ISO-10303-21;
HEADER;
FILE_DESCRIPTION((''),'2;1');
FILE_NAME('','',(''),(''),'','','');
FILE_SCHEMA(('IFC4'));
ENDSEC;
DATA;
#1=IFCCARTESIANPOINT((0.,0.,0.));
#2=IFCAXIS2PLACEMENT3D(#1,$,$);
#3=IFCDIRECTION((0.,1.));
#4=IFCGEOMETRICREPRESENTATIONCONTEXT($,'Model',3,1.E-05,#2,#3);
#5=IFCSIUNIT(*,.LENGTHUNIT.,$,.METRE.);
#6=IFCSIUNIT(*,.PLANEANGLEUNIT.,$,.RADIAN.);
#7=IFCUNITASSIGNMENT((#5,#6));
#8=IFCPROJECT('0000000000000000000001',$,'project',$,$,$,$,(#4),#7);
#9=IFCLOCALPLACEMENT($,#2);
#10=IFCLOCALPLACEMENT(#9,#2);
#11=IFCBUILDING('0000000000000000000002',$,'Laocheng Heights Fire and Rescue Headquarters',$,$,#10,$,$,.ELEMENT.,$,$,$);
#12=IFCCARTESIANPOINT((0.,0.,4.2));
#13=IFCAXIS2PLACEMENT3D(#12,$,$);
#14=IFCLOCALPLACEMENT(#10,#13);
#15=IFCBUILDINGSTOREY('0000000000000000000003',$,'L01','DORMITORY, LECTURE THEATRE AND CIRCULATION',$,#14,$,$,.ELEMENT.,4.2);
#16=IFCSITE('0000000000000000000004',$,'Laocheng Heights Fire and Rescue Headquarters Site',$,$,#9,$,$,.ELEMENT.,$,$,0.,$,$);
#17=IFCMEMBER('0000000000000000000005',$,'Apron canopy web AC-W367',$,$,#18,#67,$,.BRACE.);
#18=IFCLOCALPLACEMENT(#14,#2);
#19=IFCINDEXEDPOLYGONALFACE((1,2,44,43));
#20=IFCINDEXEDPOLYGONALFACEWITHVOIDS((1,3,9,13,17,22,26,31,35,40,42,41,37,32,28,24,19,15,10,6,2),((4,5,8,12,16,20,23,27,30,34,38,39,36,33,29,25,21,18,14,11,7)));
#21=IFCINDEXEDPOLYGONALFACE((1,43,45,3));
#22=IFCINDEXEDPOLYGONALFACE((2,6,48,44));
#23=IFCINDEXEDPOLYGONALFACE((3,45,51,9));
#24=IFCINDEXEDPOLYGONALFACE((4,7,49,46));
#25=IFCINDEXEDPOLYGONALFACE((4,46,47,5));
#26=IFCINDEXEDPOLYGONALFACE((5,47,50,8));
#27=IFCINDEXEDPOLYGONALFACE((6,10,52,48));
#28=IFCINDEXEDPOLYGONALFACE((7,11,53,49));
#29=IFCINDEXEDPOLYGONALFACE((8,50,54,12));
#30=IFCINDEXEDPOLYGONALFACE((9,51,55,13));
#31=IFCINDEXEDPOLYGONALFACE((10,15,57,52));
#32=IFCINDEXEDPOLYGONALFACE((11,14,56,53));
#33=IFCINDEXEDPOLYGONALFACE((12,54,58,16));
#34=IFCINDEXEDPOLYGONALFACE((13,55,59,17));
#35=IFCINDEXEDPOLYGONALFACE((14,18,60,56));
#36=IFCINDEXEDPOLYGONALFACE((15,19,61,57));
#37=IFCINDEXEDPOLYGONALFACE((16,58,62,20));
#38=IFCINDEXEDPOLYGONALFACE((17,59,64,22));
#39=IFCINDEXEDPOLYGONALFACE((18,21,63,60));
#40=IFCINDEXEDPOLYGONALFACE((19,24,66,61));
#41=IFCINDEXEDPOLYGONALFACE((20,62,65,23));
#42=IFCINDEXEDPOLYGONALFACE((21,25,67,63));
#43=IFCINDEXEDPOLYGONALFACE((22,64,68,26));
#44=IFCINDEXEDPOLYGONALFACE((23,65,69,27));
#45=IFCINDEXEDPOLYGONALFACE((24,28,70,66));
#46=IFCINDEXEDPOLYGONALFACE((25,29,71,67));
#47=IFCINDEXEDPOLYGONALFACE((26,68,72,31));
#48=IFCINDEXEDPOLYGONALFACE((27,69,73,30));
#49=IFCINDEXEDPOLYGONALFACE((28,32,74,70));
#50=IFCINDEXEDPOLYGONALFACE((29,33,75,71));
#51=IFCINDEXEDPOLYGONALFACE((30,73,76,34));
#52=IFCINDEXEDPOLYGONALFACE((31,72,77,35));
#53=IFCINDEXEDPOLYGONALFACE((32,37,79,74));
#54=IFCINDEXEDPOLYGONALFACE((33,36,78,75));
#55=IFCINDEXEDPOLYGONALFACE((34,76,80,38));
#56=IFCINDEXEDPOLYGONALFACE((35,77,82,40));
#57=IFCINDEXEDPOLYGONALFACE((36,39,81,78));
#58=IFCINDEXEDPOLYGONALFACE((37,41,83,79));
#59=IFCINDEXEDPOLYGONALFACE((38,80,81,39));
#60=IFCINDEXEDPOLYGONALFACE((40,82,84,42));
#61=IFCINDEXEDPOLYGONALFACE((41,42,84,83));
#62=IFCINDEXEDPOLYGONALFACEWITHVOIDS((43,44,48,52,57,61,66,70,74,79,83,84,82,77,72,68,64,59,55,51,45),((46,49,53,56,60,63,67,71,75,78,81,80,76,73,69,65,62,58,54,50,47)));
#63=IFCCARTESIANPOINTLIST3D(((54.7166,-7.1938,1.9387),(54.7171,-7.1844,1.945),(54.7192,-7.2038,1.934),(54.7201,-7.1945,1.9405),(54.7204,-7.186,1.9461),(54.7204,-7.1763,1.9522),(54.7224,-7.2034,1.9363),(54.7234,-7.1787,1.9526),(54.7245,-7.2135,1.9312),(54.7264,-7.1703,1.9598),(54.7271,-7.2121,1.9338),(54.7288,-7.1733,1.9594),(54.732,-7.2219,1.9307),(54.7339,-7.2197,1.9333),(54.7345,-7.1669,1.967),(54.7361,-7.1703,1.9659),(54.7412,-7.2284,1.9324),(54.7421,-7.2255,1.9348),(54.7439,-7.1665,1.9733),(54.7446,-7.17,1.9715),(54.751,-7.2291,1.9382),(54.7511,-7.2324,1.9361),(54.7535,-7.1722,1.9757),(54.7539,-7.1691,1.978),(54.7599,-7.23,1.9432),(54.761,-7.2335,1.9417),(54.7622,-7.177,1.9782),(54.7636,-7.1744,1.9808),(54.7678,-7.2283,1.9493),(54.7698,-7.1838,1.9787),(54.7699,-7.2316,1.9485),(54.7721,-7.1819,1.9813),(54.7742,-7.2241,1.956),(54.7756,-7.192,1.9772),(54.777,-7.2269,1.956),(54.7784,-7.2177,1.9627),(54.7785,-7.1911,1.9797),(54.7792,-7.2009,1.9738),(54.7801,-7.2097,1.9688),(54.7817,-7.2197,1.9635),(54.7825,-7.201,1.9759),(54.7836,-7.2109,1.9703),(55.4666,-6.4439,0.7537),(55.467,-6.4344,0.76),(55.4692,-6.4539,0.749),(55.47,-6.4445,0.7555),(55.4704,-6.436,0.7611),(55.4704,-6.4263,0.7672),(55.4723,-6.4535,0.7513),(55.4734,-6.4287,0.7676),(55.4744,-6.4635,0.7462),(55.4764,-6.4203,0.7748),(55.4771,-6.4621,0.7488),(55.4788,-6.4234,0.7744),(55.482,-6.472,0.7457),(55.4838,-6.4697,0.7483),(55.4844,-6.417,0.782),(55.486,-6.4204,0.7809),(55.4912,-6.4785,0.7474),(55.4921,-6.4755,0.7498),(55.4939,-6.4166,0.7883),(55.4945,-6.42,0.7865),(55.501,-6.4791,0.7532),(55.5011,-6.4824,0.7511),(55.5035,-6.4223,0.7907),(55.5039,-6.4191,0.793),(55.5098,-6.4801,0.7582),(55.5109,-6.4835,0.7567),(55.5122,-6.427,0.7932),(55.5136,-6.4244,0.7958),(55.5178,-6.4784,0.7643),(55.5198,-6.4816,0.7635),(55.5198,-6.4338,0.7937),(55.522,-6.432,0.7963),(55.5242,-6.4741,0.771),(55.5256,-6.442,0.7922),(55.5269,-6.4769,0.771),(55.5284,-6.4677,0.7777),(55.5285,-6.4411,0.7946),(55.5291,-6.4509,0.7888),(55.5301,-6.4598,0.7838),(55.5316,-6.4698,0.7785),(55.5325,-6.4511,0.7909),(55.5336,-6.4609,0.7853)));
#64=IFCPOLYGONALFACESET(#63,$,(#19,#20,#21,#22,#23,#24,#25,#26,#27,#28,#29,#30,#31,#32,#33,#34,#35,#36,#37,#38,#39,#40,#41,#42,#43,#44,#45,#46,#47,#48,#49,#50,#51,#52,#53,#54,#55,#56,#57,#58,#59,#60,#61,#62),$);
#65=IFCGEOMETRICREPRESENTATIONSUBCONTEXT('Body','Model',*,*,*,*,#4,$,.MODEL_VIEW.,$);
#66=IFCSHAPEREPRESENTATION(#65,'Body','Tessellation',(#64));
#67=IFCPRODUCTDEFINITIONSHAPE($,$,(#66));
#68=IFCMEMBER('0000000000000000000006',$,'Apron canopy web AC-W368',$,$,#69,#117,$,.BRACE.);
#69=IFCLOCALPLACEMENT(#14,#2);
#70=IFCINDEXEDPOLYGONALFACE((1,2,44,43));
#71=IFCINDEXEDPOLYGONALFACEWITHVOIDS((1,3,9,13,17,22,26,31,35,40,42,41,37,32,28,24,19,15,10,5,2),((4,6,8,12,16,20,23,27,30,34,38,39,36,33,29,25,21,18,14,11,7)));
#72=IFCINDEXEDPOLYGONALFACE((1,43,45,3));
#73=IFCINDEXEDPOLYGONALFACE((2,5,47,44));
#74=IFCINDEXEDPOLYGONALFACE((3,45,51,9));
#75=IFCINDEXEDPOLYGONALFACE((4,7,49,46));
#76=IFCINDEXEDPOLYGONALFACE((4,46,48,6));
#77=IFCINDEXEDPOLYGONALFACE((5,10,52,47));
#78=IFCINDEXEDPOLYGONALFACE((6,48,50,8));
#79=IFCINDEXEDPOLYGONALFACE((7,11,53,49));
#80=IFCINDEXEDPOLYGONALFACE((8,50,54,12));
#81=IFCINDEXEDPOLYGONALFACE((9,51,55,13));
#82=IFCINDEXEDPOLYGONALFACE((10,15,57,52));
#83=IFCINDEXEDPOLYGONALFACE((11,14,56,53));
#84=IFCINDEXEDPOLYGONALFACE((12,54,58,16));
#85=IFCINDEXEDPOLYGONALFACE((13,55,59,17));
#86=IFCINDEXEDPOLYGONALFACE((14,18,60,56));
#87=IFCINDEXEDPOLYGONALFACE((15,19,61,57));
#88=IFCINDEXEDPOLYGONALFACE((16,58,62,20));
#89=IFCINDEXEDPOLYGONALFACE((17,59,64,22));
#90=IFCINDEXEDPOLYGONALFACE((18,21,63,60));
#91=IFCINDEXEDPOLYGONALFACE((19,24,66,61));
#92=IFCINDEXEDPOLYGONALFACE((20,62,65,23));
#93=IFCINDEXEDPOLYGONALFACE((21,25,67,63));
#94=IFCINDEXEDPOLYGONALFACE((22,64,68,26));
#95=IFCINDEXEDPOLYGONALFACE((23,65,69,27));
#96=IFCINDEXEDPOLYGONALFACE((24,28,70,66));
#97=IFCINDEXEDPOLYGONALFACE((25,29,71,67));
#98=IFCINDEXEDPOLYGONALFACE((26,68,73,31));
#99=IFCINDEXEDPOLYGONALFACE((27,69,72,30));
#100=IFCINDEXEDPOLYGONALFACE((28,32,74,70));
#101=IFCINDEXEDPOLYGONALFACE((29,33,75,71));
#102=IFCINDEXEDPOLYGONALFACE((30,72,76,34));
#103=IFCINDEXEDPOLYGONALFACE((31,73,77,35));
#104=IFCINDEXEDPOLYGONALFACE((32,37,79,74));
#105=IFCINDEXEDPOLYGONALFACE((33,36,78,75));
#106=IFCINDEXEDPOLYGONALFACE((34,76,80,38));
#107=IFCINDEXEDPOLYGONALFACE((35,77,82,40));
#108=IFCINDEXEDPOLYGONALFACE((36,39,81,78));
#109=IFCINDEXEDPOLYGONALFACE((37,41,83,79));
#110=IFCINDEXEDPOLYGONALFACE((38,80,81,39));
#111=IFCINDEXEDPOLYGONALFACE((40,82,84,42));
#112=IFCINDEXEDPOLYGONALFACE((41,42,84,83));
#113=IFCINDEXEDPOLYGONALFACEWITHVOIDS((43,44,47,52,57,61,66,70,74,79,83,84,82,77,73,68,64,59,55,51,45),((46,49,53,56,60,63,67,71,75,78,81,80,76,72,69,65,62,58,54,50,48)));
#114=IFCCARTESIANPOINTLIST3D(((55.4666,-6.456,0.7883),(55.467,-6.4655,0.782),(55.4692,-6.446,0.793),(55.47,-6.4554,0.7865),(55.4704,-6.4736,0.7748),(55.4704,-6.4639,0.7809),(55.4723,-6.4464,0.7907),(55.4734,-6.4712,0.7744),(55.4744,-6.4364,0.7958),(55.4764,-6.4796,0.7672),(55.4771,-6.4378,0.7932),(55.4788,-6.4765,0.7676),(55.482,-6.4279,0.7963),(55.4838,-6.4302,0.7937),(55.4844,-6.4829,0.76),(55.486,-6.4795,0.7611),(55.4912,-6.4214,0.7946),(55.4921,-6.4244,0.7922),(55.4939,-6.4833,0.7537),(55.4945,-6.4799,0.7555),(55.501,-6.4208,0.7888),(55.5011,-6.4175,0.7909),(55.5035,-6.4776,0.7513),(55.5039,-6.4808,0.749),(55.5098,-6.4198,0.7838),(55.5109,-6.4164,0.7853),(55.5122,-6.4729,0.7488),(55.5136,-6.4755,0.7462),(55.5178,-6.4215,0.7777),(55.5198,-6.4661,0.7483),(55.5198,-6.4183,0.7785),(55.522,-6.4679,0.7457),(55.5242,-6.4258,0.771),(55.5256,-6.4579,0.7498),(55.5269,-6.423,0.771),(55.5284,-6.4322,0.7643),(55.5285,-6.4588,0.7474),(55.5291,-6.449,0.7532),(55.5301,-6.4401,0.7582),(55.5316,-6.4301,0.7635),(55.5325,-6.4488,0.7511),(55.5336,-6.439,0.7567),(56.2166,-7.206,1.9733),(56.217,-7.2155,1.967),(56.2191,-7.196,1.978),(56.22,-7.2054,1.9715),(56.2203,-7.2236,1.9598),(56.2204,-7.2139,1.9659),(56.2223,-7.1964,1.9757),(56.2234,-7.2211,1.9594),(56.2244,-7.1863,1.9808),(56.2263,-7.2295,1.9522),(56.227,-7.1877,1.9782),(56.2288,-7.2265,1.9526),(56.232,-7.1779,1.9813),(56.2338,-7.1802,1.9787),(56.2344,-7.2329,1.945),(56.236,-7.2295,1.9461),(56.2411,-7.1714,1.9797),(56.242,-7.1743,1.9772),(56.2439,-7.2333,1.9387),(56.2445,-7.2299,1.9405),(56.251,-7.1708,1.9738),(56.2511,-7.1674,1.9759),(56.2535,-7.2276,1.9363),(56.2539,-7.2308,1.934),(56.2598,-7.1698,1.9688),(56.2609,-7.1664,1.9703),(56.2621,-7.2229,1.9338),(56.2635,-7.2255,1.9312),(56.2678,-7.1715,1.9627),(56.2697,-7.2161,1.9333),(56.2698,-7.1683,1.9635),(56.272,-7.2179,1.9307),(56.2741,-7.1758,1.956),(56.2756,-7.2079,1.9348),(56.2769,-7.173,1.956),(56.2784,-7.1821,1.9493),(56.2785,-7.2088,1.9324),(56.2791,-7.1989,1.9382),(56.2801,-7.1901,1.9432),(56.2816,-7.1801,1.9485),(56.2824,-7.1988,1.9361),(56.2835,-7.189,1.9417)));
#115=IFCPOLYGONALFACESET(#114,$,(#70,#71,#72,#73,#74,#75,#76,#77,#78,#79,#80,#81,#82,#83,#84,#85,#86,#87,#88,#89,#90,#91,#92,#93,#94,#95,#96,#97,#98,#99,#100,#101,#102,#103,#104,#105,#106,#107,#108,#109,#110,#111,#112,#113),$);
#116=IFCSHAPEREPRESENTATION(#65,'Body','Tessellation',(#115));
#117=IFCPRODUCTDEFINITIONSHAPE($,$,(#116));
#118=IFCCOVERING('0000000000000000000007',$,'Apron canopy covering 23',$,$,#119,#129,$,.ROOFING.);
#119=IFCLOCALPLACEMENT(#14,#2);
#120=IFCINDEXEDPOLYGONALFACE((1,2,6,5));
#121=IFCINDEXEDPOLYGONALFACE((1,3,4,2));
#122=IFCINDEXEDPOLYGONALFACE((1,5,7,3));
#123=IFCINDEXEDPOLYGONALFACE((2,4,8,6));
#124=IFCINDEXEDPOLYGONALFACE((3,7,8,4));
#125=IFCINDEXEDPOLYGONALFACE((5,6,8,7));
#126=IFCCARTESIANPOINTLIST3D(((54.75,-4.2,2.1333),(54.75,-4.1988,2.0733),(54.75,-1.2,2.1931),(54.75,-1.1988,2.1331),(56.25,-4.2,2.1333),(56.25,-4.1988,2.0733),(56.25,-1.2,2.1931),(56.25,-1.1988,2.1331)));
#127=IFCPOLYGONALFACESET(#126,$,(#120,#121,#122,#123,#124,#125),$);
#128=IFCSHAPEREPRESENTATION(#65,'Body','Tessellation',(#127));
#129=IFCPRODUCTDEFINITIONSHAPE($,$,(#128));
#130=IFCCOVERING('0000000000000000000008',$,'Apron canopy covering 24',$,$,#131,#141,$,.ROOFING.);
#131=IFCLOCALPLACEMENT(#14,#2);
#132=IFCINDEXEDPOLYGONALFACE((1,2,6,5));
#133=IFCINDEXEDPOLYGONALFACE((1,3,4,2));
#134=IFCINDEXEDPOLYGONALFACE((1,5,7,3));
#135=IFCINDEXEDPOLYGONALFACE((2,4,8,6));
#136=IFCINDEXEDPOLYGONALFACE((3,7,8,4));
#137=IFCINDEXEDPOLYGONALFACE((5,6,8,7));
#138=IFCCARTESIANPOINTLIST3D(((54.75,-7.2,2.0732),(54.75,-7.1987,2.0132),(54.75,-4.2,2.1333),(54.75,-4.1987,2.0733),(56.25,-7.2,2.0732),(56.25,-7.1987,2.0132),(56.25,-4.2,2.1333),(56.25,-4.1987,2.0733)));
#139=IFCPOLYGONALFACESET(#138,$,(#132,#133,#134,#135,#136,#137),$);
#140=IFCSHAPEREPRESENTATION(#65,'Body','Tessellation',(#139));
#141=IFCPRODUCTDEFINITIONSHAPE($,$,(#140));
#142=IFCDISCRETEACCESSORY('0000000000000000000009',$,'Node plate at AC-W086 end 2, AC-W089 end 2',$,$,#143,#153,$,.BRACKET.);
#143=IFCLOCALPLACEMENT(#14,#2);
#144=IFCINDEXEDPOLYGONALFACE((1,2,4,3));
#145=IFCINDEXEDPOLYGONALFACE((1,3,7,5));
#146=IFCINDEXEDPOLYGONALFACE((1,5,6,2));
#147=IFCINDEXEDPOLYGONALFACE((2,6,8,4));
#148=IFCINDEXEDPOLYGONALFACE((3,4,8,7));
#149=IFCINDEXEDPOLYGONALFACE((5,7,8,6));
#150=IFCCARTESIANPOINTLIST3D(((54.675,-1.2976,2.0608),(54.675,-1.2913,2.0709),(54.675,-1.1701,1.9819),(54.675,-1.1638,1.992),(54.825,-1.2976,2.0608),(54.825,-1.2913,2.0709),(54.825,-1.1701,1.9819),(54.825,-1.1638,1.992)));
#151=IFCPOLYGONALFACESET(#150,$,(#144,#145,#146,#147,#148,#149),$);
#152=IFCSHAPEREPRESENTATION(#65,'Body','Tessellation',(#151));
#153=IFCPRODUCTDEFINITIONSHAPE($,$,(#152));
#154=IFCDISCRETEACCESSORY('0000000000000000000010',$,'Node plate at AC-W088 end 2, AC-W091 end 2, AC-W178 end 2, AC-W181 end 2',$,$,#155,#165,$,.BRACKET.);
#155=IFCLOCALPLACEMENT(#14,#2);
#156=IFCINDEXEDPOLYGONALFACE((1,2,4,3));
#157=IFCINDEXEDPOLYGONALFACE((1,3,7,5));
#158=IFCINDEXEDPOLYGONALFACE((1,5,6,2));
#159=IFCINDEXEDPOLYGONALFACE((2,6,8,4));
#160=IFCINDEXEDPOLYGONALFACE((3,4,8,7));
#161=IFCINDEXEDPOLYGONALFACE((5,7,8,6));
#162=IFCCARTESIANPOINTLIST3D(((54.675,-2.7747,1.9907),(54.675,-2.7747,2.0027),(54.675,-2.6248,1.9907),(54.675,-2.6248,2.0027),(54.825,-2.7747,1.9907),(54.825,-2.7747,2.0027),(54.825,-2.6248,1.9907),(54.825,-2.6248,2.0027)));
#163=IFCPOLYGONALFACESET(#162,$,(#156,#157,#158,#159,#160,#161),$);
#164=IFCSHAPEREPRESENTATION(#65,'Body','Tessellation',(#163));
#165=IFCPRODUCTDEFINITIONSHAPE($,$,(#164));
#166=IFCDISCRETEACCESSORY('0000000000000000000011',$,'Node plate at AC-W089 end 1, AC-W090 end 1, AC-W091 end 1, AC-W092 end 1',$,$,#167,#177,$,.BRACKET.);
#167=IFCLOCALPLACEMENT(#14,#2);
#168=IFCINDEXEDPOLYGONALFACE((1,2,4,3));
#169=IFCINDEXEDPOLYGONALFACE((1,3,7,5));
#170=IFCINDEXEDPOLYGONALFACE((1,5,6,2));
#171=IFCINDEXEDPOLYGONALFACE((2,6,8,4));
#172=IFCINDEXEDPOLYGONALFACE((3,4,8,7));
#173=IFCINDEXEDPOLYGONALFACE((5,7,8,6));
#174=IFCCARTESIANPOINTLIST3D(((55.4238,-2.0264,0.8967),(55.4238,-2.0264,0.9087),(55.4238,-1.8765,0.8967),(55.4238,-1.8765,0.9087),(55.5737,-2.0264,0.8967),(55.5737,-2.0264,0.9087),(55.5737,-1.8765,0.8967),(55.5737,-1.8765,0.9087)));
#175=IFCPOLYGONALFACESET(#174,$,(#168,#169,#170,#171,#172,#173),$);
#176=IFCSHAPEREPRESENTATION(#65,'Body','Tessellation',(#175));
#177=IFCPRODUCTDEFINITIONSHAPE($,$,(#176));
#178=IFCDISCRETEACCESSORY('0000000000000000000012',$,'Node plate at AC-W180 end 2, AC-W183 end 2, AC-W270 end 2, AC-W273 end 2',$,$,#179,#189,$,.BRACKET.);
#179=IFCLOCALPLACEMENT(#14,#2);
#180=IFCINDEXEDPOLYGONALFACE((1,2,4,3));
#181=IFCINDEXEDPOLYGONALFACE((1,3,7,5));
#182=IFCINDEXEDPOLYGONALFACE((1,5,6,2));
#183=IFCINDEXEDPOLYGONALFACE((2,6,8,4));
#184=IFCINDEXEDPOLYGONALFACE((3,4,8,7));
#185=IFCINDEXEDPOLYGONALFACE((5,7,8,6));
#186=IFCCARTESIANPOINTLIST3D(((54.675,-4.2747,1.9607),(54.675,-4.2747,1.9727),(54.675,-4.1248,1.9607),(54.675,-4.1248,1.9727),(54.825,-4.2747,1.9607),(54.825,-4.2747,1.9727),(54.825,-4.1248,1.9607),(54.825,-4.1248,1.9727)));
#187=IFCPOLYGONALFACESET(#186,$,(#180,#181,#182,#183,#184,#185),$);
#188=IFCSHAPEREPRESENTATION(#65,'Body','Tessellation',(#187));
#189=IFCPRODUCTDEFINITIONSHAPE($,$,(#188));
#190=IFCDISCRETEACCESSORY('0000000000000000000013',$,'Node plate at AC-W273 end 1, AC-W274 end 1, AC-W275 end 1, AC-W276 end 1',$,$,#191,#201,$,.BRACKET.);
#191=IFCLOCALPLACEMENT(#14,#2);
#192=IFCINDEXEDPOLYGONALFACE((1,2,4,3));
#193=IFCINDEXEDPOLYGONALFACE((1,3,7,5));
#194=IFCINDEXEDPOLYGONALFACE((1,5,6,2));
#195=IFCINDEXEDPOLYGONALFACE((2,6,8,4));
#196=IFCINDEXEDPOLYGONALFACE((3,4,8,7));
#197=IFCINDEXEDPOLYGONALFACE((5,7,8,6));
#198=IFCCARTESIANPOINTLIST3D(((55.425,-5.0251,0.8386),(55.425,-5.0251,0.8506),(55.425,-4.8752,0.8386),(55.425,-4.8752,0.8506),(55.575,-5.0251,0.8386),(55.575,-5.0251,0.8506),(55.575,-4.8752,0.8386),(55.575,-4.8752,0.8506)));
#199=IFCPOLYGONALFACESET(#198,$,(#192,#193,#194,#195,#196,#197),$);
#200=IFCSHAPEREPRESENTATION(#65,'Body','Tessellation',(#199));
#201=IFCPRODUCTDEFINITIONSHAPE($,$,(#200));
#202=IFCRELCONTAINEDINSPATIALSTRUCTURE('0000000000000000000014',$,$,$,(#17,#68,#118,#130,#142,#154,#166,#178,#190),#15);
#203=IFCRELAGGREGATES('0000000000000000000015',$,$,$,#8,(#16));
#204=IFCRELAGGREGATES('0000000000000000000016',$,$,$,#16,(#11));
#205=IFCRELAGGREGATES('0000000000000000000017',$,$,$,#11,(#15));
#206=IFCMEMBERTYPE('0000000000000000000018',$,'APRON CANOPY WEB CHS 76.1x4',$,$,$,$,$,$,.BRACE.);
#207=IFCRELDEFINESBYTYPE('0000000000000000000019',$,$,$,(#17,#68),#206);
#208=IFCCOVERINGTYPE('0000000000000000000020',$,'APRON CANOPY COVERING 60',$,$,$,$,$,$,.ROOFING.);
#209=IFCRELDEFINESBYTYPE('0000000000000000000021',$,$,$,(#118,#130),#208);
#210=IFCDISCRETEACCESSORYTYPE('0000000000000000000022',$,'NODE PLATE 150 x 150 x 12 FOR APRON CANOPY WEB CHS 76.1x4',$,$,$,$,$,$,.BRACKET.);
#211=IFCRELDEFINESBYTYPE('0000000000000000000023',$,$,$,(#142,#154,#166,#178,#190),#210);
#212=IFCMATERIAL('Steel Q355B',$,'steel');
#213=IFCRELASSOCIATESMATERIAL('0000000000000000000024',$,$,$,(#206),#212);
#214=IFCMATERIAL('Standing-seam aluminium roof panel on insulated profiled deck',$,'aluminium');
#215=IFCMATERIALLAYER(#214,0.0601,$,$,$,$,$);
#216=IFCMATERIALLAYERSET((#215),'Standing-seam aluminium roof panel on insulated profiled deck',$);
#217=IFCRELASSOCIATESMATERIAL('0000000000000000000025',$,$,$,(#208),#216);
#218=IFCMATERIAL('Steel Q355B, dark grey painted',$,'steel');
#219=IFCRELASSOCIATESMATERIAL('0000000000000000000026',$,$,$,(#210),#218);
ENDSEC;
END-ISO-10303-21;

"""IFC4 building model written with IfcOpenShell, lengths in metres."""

from ifc_helpers import new_model, si_unit, direction, frame, origin, origin_2d, place, context, subcontext, project, spatial, polyline, rectangle, hollow_circle, outline, extrude, material, layer, layer_set, material_profile, profile_set, type_object, element, save


model = new_model("IFC4")

# Units and contexts
model_context = context("Model", 3, precision=1e-05, world=origin(), true_north=direction((0.0, 1.0)))
body_context = subcontext(model_context, "Body", "Model", "MODEL_VIEW")
ifc_project = project(units=[si_unit("LENGTHUNIT", "METRE"), si_unit("PLANEANGLEUNIT", "RADIAN")], contexts=[model_context])

# Site, building, storey
site_placement = place(None, origin())
site = spatial("IfcSite", under=ifc_project, at=site_placement, Name="Laocheng Heights Fire and Rescue Headquarters Site", CompositionType="ELEMENT", RefElevation=0.0)
building_placement = place(site_placement, origin())
building = spatial("IfcBuilding", under=site, at=building_placement, Name="Laocheng Heights Fire and Rescue Headquarters", CompositionType="ELEMENT")
storey_placement = place(building_placement, frame((0.0, 0.0, 4.2)))
storey = spatial("IfcBuildingStorey", under=building, at=storey_placement, Name="L01", Description="DORMITORY, LECTURE THEATRE AND CIRCULATION", CompositionType="ELEMENT", Elevation=4.2)

# Members
ifc_material_1 = material(Name="Steel Q355B", Category="steel")
ifc_material_profile_1 = material_profile(ifc_material_1, hollow_circle(Radius=0.0381, WallThickness=0.0039, at=origin_2d()), Name="CHS 76.1x4")
ifc_profile_set_1 = profile_set([ifc_material_profile_1], Name="Steel Q355B")
member_type_1 = type_object("IfcMemberType", Name="APRON CANOPY WEB CHS 76.1x4", PredefinedType="BRACE", material=ifc_profile_set_1)
for number, where, z_axis, x_axis, name in (
    (1, (55.5, -6.45, 0.771), (-0.47158, -0.47158, 0.745134), (0.707107, -0.707107, 0.0), "Apron canopy web AC-W367"),
    (2, (55.5, -6.45, 0.771), (0.47158, -0.47158, 0.745134), (0.707107, 0.707107, 0.0), "Apron canopy web AC-W368"),
):
    element("IfcMember", number, at=place(storey_placement, frame(where, z_axis=z_axis, x_axis=x_axis)), inside=storey, type_object=member_type_1, Name=name, PredefinedType="BRACE", context=body_context, shape_type="SweptSolid", body=[
        extrude(hollow_circle(Radius=0.0381, WallThickness=0.0039, at=origin_2d()), origin(), (0.0, 0.0, 1.0), 1.5903),
    ])

# Coverings
ifc_material_2 = material(Name="Standing-seam aluminium roof panel on insulated profiled deck", Category="aluminium")
ifc_layer = layer(ifc_material_2, 0.0601)
ifc_layer_set = layer_set([ifc_layer], Name="Standing-seam aluminium roof panel on insulated profiled deck")
covering_type = type_object("IfcCoveringType", Name="APRON CANOPY COVERING 60", PredefinedType="ROOFING", material=ifc_layer_set)
covering_1_placement = place(storey_placement, frame((54.75, -1.2, 2.1931), z_axis=(0.0, -0.019934, 0.999801), x_axis=(1.0, 0.0, 0.0)))
element("IfcCovering", 3, at=covering_1_placement, inside=storey, type_object=covering_type, Name="Apron canopy covering 23", PredefinedType="ROOFING", context=body_context, shape_type="SweptSolid", body=[
    extrude(outline(polyline([(0.0, 0.0), (1.5, 0.0), (1.5, -3.0006), (0.0, -3.0006), (0.0, 0.0)])), origin(), (0.0, 0.0, -1.0), 0.0601),
])
covering_2_placement = place(storey_placement, frame((54.75, -4.2, 2.1333), z_axis=(0.0, -0.020016, 0.9998), x_axis=(1.0, 0.0, 0.0)))
element("IfcCovering", 4, at=covering_2_placement, inside=storey, type_object=covering_type, Name="Apron canopy covering 24", PredefinedType="ROOFING", context=body_context, shape_type="SweptSolid", body=[
    extrude(outline(polyline([(0.0, 0.0), (1.5, 0.0), (1.5, -3.0006), (0.0, -3.0006), (0.0, 0.0)])), origin(), (0.0, 0.0, -1.0), 0.0601),
])

# Discrete accessories
ifc_material_3 = material(Name="Steel Q355B, dark grey painted", Category="steel")
ifc_material_profile_2 = material_profile(ifc_material_3, rectangle(XDim=0.1499, YDim=0.1499, at=origin_2d()), Name="NODE PLATE 150 x 150 x 12 FOR APRON CANOPY WEB CHS 76.1x4")
ifc_profile_set_2 = profile_set([ifc_material_profile_2], Name="Steel Q355B, dark grey painted")
discrete_accessory_type = type_object("IfcDiscreteAccessoryType", Name="NODE PLATE 150 x 150 x 12 FOR APRON CANOPY WEB CHS 76.1x4", PredefinedType="BRACKET", material=ifc_profile_set_2)
for number, where, z_axis, x_axis, name in (
    (5, (54.75, -1.2275, 2.0315), (0.0, -0.526355, -0.850265), (1.0, 0.0, 0.0), "Node plate at AC-W086 end 2, AC-W089 end 2"),
    (6, (54.75, -2.6997, 2.0027), (0.0, 0.0, -1.0), (1.0, 0.0, 0.0), "Node plate at AC-W088 end 2, AC-W091 end 2, AC-W178 end 2, AC-W181 end 2"),
    (7, (55.4988, -1.9514, 0.8967), (0.0, 0.0, 1.0), (1.0, 0.0, 0.0), "Node plate at AC-W089 end 1, AC-W090 end 1, AC-W091 end 1, AC-W092 end 1"),
    (8, (54.75, -4.1997, 1.9727), (0.0, 0.0, -1.0), (1.0, 0.0, 0.0), "Node plate at AC-W180 end 2, AC-W183 end 2, AC-W270 end 2, AC-W273 end 2"),
    (9, (55.5, -4.9502, 0.8386), (0.0, 0.0, 1.0), (1.0, 0.0, 0.0), "Node plate at AC-W273 end 1, AC-W274 end 1, AC-W275 end 1, AC-W276 end 1"),
):
    element("IfcDiscreteAccessory", number, at=place(storey_placement, frame(where, z_axis=z_axis, x_axis=x_axis)), inside=storey, type_object=discrete_accessory_type, Name=name, PredefinedType="BRACKET", context=body_context, shape_type="SweptSolid", body=[
        extrude(rectangle(XDim=0.1499, YDim=0.1499, at=origin_2d()), origin(), (0.0, 0.0, 1.0), 0.012),
    ])

save(model, "model.ifc")
